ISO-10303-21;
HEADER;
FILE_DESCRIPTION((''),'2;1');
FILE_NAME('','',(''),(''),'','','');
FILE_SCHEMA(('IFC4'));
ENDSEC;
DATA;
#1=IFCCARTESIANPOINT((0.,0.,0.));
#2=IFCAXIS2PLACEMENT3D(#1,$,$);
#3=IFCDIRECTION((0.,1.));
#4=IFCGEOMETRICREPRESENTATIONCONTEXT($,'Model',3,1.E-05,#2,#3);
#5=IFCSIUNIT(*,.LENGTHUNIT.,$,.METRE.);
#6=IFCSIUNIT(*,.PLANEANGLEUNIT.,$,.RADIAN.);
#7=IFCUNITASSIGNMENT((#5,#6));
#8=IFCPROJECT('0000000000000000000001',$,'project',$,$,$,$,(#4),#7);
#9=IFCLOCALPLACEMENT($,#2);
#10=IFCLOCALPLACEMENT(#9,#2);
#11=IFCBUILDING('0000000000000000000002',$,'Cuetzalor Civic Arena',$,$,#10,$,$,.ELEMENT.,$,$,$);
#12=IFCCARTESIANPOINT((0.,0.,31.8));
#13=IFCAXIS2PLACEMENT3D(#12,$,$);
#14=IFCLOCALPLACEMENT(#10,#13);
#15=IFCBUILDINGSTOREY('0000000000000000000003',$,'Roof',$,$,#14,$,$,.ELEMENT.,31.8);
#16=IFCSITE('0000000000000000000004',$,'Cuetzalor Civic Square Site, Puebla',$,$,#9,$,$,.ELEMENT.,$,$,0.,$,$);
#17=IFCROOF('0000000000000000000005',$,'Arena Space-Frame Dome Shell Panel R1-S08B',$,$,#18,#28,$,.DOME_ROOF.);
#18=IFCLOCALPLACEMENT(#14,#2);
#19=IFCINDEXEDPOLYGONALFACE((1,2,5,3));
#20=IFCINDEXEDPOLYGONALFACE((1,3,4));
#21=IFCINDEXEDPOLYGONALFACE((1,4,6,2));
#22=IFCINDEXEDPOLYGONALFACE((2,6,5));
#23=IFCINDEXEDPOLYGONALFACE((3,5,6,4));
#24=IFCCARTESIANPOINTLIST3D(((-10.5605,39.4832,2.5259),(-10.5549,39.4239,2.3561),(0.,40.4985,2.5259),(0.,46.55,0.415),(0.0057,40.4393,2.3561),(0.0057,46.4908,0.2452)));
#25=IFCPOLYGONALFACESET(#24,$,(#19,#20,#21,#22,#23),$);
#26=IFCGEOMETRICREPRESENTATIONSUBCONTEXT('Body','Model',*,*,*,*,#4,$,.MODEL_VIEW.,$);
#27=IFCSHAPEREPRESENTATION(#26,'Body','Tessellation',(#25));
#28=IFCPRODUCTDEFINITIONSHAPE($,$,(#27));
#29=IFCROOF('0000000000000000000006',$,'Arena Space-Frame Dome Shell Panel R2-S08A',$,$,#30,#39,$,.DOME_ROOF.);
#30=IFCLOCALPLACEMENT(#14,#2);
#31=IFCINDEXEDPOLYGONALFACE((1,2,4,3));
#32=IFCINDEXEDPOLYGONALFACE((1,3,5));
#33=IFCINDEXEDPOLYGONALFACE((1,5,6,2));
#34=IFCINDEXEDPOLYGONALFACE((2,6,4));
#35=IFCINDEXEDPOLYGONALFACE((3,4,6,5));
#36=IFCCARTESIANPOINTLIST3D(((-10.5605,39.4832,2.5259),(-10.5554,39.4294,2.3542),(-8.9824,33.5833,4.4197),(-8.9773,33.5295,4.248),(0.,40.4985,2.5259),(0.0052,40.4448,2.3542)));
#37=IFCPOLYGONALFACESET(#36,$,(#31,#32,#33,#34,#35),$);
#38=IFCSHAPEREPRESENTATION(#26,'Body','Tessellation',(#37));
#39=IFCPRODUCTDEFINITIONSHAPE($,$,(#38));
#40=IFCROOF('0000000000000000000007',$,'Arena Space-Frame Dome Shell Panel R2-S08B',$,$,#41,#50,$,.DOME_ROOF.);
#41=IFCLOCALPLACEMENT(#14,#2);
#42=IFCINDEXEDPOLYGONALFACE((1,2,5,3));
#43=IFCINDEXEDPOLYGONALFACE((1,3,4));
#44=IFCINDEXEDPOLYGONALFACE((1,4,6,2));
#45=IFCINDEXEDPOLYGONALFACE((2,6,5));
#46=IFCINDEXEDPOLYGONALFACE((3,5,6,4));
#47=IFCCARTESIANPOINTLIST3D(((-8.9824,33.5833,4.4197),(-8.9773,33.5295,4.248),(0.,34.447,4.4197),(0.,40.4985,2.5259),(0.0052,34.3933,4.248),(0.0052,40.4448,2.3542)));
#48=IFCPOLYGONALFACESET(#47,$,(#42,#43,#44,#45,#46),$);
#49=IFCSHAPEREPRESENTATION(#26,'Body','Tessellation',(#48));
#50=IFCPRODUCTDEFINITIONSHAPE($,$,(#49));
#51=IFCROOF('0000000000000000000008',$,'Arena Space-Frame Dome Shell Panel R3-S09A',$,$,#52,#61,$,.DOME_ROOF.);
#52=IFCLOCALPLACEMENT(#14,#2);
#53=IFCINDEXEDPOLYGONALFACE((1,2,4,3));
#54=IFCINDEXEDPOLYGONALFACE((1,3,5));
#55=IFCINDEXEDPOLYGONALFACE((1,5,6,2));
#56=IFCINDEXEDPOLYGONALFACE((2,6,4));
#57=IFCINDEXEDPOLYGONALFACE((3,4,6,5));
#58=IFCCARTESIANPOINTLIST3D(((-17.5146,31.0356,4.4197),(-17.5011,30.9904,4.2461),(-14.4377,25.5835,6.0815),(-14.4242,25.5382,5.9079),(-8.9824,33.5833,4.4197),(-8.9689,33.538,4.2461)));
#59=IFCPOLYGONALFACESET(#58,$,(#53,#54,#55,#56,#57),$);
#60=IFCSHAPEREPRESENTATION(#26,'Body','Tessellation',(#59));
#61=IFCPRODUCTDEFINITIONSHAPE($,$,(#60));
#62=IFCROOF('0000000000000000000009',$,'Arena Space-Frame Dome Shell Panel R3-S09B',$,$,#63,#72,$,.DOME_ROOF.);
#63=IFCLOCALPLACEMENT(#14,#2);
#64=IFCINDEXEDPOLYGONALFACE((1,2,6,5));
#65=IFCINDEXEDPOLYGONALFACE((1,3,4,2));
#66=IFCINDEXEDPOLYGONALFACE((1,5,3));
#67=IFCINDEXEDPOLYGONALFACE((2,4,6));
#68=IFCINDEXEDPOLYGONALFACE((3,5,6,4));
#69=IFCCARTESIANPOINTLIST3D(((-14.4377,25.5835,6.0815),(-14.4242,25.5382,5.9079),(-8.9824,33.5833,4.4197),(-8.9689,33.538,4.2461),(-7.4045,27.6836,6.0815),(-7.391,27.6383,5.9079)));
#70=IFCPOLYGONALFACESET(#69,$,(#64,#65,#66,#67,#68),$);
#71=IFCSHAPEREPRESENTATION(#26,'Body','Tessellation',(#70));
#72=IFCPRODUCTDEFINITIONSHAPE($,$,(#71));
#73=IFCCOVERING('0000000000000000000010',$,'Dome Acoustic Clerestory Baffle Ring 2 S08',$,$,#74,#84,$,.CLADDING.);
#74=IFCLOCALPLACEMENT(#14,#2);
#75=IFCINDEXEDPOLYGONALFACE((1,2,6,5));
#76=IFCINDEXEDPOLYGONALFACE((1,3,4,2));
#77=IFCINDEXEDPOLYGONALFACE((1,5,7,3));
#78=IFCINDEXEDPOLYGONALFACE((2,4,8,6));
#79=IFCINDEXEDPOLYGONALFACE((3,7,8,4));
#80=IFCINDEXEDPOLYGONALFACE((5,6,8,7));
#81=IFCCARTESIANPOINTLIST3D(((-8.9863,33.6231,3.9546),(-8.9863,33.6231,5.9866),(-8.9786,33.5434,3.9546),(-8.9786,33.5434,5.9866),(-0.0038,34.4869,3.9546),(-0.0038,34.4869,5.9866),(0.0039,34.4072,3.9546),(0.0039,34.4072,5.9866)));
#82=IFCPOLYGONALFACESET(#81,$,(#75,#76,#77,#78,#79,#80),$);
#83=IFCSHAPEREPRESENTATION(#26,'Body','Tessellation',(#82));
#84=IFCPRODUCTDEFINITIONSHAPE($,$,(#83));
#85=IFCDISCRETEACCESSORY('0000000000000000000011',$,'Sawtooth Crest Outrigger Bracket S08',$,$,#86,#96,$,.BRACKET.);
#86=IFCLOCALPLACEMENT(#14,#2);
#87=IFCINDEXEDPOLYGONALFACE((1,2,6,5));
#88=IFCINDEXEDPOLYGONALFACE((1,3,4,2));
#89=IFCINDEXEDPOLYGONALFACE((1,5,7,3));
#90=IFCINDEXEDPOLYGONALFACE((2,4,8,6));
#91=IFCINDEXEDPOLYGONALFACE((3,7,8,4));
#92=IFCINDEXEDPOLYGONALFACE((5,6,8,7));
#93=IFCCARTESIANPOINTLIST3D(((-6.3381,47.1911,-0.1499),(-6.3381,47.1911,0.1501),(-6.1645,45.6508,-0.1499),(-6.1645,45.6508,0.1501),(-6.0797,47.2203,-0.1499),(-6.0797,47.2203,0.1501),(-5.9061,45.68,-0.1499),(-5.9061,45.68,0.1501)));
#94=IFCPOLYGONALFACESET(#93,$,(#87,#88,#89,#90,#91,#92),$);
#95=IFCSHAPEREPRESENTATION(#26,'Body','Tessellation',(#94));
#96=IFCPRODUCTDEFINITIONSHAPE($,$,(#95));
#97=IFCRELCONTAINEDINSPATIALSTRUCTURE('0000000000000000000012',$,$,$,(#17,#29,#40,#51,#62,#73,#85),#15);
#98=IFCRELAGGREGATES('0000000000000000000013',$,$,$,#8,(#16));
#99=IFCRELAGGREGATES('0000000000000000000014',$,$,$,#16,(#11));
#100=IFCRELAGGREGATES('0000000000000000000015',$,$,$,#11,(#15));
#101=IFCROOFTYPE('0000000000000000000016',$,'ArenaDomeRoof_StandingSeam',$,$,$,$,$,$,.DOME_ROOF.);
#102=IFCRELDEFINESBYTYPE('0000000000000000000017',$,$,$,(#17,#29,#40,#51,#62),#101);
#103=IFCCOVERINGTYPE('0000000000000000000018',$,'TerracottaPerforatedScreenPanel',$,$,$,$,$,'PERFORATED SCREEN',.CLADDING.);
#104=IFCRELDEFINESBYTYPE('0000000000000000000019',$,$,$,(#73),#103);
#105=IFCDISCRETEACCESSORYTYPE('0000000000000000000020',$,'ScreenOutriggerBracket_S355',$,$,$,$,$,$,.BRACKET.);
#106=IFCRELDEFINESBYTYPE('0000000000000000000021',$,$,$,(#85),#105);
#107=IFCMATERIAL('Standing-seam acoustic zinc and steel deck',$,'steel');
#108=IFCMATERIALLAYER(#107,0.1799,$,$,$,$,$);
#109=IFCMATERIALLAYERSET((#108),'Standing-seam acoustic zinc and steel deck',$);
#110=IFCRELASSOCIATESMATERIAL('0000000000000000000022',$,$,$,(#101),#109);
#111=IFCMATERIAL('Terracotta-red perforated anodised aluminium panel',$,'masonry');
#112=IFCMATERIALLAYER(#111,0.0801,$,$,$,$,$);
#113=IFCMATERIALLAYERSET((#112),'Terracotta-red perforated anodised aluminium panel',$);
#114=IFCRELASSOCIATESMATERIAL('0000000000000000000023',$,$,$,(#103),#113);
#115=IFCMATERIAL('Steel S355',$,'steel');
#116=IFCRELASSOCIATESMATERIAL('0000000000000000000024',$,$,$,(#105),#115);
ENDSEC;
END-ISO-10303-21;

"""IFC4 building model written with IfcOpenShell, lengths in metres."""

from ifc_helpers import new_model, si_unit, direction, frame, frame_2d, origin, origin_2d, place, context, subcontext, project, spatial, polyline, rectangle, outline, extrude, material, layer, layer_set, type_object, element, save


model = new_model("IFC4")

# Units and contexts
model_context = context("Model", 3, precision=1e-05, world=origin(), true_north=direction((0.0, 1.0)))
body_context = subcontext(model_context, "Body", "Model", "MODEL_VIEW")
ifc_project = project(units=[si_unit("LENGTHUNIT", "METRE"), si_unit("PLANEANGLEUNIT", "RADIAN")], contexts=[model_context])

# Site, building, storey
site_placement = place(None, origin())
site = spatial("IfcSite", under=ifc_project, at=site_placement, Name="Cuetzalor Civic Square Site, Puebla", CompositionType="ELEMENT", RefElevation=0.0)
building_placement = place(site_placement, origin())
building = spatial("IfcBuilding", under=site, at=building_placement, Name="Cuetzalor Civic Arena", CompositionType="ELEMENT")
storey_placement = place(building_placement, frame((0.0, 0.0, 31.8)))
storey = spatial("IfcBuildingStorey", under=building, at=storey_placement, Name="Roof", CompositionType="ELEMENT", Elevation=31.8)

# Roofs
ifc_material_1 = material(Name="Standing-seam acoustic zinc and steel deck", Category="steel")
ifc_layer_1 = layer(ifc_material_1, 0.1799)
ifc_layer_set_1 = layer_set([ifc_layer_1], Name="Standing-seam acoustic zinc and steel deck")
roof_type = type_object("IfcRoofType", Name="ArenaDomeRoof_StandingSeam", PredefinedType="DOME_ROOF", material=ifc_layer_set_1)
roof_1_placement = place(storey_placement, frame((0.0, 46.55, 0.415), z_axis=(-0.031651, 0.329186, 0.943735), x_axis=(-0.819851, -0.548627, 0.163872)))
element("IfcRoof", 1, at=roof_1_placement, inside=storey, type_object=roof_type, Name="Arena Space-Frame Dome Shell Panel R1-S08B", PredefinedType="DOME_ROOF", context=body_context, shape_type="SweptSolid", body=[
    extrude(outline(polyline([(0.0, 0.0), (12.8811, 0.0), (3.6659, 5.2571), (0.0, 0.0)])), origin(), (0.0, 0.0, -1.0), 0.1799),
])
roof_2_placement = place(storey_placement, frame((0.0, 40.4985, 2.5259), z_axis=(-0.028704, 0.298534, 0.953967), x_axis=(-0.99541, -0.095707, 0.0)))
element("IfcRoof", 2, at=roof_2_placement, inside=storey, type_object=roof_type, Name="Arena Space-Frame Dome Shell Panel R2-S08A", PredefinedType="DOME_ROOF", context=body_context, shape_type="SweptSolid", body=[
    extrude(outline(polyline([(0.0, 0.0), (10.6092, 0.0), (9.603, 6.3145), (0.0, 0.0)])), origin(), (0.0, 0.0, -1.0), 0.1799),
])
roof_3_placement = place(storey_placement, frame((0.0, 40.4985, 2.5259), z_axis=(-0.028708, 0.29854, 0.953965), x_axis=(-0.781549, -0.60169, 0.164777)))
element("IfcRoof", 3, at=roof_3_placement, inside=storey, type_object=roof_type, Name="Arena Space-Frame Dome Shell Panel R2-S08B", PredefinedType="DOME_ROOF", context=body_context, shape_type="SweptSolid", body=[
    extrude(outline(polyline([(0.0, 0.0), (11.4931, 0.0), (3.9532, 4.9578), (0.0, 0.0)])), origin(), (0.0, 0.0, -1.0), 0.1799),
])
roof_4_placement = place(storey_placement, frame((-8.9824, 33.5833, 4.4197), z_axis=(-0.075152, 0.251694, 0.964885), x_axis=(-0.958198, -0.286105, 0.0)))
element("IfcRoof", 4, at=roof_4_placement, inside=storey, type_object=roof_type, Name="Arena Space-Frame Dome Shell Panel R3-S09A", PredefinedType="DOME_ROOF", context=body_context, shape_type="SweptSolid", body=[
    extrude(outline(polyline([(0.0, 0.0), (8.9044, 0.0), (7.5161, 6.3267), (0.0, 0.0)])), origin(), (0.0, 0.0, -1.0), 0.1799),
])
roof_5_placement = place(storey_placement, frame((-8.9824, 33.5833, 4.4197), z_axis=(-0.075156, 0.251696, 0.964884), x_axis=(-0.555284, -0.814276, 0.169157)))
element("IfcRoof", 5, at=roof_5_placement, inside=storey, type_object=roof_type, Name="Arena Space-Frame Dome Shell Panel R3-S09B", PredefinedType="DOME_ROOF", context=body_context, shape_type="SweptSolid", body=[
    extrude(outline(polyline([(0.0, 0.0), (9.8244, 0.0), (4.2089, 4.7268), (0.0, 0.0)])), origin(), (0.0, 0.0, -1.0), 0.1799),
])

# Covering
ifc_material_2 = material(Name="Terracotta-red perforated anodised aluminium panel", Category="masonry")
ifc_layer_2 = layer(ifc_material_2, 0.0801)
ifc_layer_set_2 = layer_set([ifc_layer_2], Name="Terracotta-red perforated anodised aluminium panel")
covering_type = type_object("IfcCoveringType", Name="TerracottaPerforatedScreenPanel", ElementType="PERFORATED SCREEN", PredefinedType="CLADDING", material=ifc_layer_set_2)
covering_placement = place(storey_placement, frame((-8.9824, 33.5833, 3.9546), z_axis=(0.0, 0.0, 1.0), x_axis=(0.995408, 0.095721, 0.0)))
element("IfcCovering", 6, at=covering_placement, inside=storey, type_object=covering_type, Name="Dome Acoustic Clerestory Baffle Ring 2 S08", PredefinedType="CLADDING", context=body_context, shape_type="SweptSolid", body=[
    extrude(rectangle(XDim=9.0239, YDim=0.0801, at=frame_2d((4.512, 0.0))), origin(), (0.0, 0.0, 1.0), 2.032),
])

# Discrete accessory
ifc_material_3 = material(Name="Steel S355", Category="steel")
discrete_accessory_type = type_object("IfcDiscreteAccessoryType", Name="ScreenOutriggerBracket_S355", PredefinedType="BRACKET", material=ifc_material_3)
discrete_accessory_placement = place(storey_placement, frame((-6.1221, 46.4355, -0.1499), z_axis=(0.0, 0.0, 1.0), x_axis=(-0.111989, 0.993709, 0.0)))
element("IfcDiscreteAccessory", 7, at=discrete_accessory_placement, inside=storey, type_object=discrete_accessory_type, Name="Sawtooth Crest Outrigger Bracket S08", PredefinedType="BRACKET", context=body_context, shape_type="SweptSolid", body=[
    extrude(rectangle(XDim=1.55, YDim=0.26, at=origin_2d()), origin(), (0.0, 0.0, 1.0), 0.3),
])

save(model, "model.ifc")
